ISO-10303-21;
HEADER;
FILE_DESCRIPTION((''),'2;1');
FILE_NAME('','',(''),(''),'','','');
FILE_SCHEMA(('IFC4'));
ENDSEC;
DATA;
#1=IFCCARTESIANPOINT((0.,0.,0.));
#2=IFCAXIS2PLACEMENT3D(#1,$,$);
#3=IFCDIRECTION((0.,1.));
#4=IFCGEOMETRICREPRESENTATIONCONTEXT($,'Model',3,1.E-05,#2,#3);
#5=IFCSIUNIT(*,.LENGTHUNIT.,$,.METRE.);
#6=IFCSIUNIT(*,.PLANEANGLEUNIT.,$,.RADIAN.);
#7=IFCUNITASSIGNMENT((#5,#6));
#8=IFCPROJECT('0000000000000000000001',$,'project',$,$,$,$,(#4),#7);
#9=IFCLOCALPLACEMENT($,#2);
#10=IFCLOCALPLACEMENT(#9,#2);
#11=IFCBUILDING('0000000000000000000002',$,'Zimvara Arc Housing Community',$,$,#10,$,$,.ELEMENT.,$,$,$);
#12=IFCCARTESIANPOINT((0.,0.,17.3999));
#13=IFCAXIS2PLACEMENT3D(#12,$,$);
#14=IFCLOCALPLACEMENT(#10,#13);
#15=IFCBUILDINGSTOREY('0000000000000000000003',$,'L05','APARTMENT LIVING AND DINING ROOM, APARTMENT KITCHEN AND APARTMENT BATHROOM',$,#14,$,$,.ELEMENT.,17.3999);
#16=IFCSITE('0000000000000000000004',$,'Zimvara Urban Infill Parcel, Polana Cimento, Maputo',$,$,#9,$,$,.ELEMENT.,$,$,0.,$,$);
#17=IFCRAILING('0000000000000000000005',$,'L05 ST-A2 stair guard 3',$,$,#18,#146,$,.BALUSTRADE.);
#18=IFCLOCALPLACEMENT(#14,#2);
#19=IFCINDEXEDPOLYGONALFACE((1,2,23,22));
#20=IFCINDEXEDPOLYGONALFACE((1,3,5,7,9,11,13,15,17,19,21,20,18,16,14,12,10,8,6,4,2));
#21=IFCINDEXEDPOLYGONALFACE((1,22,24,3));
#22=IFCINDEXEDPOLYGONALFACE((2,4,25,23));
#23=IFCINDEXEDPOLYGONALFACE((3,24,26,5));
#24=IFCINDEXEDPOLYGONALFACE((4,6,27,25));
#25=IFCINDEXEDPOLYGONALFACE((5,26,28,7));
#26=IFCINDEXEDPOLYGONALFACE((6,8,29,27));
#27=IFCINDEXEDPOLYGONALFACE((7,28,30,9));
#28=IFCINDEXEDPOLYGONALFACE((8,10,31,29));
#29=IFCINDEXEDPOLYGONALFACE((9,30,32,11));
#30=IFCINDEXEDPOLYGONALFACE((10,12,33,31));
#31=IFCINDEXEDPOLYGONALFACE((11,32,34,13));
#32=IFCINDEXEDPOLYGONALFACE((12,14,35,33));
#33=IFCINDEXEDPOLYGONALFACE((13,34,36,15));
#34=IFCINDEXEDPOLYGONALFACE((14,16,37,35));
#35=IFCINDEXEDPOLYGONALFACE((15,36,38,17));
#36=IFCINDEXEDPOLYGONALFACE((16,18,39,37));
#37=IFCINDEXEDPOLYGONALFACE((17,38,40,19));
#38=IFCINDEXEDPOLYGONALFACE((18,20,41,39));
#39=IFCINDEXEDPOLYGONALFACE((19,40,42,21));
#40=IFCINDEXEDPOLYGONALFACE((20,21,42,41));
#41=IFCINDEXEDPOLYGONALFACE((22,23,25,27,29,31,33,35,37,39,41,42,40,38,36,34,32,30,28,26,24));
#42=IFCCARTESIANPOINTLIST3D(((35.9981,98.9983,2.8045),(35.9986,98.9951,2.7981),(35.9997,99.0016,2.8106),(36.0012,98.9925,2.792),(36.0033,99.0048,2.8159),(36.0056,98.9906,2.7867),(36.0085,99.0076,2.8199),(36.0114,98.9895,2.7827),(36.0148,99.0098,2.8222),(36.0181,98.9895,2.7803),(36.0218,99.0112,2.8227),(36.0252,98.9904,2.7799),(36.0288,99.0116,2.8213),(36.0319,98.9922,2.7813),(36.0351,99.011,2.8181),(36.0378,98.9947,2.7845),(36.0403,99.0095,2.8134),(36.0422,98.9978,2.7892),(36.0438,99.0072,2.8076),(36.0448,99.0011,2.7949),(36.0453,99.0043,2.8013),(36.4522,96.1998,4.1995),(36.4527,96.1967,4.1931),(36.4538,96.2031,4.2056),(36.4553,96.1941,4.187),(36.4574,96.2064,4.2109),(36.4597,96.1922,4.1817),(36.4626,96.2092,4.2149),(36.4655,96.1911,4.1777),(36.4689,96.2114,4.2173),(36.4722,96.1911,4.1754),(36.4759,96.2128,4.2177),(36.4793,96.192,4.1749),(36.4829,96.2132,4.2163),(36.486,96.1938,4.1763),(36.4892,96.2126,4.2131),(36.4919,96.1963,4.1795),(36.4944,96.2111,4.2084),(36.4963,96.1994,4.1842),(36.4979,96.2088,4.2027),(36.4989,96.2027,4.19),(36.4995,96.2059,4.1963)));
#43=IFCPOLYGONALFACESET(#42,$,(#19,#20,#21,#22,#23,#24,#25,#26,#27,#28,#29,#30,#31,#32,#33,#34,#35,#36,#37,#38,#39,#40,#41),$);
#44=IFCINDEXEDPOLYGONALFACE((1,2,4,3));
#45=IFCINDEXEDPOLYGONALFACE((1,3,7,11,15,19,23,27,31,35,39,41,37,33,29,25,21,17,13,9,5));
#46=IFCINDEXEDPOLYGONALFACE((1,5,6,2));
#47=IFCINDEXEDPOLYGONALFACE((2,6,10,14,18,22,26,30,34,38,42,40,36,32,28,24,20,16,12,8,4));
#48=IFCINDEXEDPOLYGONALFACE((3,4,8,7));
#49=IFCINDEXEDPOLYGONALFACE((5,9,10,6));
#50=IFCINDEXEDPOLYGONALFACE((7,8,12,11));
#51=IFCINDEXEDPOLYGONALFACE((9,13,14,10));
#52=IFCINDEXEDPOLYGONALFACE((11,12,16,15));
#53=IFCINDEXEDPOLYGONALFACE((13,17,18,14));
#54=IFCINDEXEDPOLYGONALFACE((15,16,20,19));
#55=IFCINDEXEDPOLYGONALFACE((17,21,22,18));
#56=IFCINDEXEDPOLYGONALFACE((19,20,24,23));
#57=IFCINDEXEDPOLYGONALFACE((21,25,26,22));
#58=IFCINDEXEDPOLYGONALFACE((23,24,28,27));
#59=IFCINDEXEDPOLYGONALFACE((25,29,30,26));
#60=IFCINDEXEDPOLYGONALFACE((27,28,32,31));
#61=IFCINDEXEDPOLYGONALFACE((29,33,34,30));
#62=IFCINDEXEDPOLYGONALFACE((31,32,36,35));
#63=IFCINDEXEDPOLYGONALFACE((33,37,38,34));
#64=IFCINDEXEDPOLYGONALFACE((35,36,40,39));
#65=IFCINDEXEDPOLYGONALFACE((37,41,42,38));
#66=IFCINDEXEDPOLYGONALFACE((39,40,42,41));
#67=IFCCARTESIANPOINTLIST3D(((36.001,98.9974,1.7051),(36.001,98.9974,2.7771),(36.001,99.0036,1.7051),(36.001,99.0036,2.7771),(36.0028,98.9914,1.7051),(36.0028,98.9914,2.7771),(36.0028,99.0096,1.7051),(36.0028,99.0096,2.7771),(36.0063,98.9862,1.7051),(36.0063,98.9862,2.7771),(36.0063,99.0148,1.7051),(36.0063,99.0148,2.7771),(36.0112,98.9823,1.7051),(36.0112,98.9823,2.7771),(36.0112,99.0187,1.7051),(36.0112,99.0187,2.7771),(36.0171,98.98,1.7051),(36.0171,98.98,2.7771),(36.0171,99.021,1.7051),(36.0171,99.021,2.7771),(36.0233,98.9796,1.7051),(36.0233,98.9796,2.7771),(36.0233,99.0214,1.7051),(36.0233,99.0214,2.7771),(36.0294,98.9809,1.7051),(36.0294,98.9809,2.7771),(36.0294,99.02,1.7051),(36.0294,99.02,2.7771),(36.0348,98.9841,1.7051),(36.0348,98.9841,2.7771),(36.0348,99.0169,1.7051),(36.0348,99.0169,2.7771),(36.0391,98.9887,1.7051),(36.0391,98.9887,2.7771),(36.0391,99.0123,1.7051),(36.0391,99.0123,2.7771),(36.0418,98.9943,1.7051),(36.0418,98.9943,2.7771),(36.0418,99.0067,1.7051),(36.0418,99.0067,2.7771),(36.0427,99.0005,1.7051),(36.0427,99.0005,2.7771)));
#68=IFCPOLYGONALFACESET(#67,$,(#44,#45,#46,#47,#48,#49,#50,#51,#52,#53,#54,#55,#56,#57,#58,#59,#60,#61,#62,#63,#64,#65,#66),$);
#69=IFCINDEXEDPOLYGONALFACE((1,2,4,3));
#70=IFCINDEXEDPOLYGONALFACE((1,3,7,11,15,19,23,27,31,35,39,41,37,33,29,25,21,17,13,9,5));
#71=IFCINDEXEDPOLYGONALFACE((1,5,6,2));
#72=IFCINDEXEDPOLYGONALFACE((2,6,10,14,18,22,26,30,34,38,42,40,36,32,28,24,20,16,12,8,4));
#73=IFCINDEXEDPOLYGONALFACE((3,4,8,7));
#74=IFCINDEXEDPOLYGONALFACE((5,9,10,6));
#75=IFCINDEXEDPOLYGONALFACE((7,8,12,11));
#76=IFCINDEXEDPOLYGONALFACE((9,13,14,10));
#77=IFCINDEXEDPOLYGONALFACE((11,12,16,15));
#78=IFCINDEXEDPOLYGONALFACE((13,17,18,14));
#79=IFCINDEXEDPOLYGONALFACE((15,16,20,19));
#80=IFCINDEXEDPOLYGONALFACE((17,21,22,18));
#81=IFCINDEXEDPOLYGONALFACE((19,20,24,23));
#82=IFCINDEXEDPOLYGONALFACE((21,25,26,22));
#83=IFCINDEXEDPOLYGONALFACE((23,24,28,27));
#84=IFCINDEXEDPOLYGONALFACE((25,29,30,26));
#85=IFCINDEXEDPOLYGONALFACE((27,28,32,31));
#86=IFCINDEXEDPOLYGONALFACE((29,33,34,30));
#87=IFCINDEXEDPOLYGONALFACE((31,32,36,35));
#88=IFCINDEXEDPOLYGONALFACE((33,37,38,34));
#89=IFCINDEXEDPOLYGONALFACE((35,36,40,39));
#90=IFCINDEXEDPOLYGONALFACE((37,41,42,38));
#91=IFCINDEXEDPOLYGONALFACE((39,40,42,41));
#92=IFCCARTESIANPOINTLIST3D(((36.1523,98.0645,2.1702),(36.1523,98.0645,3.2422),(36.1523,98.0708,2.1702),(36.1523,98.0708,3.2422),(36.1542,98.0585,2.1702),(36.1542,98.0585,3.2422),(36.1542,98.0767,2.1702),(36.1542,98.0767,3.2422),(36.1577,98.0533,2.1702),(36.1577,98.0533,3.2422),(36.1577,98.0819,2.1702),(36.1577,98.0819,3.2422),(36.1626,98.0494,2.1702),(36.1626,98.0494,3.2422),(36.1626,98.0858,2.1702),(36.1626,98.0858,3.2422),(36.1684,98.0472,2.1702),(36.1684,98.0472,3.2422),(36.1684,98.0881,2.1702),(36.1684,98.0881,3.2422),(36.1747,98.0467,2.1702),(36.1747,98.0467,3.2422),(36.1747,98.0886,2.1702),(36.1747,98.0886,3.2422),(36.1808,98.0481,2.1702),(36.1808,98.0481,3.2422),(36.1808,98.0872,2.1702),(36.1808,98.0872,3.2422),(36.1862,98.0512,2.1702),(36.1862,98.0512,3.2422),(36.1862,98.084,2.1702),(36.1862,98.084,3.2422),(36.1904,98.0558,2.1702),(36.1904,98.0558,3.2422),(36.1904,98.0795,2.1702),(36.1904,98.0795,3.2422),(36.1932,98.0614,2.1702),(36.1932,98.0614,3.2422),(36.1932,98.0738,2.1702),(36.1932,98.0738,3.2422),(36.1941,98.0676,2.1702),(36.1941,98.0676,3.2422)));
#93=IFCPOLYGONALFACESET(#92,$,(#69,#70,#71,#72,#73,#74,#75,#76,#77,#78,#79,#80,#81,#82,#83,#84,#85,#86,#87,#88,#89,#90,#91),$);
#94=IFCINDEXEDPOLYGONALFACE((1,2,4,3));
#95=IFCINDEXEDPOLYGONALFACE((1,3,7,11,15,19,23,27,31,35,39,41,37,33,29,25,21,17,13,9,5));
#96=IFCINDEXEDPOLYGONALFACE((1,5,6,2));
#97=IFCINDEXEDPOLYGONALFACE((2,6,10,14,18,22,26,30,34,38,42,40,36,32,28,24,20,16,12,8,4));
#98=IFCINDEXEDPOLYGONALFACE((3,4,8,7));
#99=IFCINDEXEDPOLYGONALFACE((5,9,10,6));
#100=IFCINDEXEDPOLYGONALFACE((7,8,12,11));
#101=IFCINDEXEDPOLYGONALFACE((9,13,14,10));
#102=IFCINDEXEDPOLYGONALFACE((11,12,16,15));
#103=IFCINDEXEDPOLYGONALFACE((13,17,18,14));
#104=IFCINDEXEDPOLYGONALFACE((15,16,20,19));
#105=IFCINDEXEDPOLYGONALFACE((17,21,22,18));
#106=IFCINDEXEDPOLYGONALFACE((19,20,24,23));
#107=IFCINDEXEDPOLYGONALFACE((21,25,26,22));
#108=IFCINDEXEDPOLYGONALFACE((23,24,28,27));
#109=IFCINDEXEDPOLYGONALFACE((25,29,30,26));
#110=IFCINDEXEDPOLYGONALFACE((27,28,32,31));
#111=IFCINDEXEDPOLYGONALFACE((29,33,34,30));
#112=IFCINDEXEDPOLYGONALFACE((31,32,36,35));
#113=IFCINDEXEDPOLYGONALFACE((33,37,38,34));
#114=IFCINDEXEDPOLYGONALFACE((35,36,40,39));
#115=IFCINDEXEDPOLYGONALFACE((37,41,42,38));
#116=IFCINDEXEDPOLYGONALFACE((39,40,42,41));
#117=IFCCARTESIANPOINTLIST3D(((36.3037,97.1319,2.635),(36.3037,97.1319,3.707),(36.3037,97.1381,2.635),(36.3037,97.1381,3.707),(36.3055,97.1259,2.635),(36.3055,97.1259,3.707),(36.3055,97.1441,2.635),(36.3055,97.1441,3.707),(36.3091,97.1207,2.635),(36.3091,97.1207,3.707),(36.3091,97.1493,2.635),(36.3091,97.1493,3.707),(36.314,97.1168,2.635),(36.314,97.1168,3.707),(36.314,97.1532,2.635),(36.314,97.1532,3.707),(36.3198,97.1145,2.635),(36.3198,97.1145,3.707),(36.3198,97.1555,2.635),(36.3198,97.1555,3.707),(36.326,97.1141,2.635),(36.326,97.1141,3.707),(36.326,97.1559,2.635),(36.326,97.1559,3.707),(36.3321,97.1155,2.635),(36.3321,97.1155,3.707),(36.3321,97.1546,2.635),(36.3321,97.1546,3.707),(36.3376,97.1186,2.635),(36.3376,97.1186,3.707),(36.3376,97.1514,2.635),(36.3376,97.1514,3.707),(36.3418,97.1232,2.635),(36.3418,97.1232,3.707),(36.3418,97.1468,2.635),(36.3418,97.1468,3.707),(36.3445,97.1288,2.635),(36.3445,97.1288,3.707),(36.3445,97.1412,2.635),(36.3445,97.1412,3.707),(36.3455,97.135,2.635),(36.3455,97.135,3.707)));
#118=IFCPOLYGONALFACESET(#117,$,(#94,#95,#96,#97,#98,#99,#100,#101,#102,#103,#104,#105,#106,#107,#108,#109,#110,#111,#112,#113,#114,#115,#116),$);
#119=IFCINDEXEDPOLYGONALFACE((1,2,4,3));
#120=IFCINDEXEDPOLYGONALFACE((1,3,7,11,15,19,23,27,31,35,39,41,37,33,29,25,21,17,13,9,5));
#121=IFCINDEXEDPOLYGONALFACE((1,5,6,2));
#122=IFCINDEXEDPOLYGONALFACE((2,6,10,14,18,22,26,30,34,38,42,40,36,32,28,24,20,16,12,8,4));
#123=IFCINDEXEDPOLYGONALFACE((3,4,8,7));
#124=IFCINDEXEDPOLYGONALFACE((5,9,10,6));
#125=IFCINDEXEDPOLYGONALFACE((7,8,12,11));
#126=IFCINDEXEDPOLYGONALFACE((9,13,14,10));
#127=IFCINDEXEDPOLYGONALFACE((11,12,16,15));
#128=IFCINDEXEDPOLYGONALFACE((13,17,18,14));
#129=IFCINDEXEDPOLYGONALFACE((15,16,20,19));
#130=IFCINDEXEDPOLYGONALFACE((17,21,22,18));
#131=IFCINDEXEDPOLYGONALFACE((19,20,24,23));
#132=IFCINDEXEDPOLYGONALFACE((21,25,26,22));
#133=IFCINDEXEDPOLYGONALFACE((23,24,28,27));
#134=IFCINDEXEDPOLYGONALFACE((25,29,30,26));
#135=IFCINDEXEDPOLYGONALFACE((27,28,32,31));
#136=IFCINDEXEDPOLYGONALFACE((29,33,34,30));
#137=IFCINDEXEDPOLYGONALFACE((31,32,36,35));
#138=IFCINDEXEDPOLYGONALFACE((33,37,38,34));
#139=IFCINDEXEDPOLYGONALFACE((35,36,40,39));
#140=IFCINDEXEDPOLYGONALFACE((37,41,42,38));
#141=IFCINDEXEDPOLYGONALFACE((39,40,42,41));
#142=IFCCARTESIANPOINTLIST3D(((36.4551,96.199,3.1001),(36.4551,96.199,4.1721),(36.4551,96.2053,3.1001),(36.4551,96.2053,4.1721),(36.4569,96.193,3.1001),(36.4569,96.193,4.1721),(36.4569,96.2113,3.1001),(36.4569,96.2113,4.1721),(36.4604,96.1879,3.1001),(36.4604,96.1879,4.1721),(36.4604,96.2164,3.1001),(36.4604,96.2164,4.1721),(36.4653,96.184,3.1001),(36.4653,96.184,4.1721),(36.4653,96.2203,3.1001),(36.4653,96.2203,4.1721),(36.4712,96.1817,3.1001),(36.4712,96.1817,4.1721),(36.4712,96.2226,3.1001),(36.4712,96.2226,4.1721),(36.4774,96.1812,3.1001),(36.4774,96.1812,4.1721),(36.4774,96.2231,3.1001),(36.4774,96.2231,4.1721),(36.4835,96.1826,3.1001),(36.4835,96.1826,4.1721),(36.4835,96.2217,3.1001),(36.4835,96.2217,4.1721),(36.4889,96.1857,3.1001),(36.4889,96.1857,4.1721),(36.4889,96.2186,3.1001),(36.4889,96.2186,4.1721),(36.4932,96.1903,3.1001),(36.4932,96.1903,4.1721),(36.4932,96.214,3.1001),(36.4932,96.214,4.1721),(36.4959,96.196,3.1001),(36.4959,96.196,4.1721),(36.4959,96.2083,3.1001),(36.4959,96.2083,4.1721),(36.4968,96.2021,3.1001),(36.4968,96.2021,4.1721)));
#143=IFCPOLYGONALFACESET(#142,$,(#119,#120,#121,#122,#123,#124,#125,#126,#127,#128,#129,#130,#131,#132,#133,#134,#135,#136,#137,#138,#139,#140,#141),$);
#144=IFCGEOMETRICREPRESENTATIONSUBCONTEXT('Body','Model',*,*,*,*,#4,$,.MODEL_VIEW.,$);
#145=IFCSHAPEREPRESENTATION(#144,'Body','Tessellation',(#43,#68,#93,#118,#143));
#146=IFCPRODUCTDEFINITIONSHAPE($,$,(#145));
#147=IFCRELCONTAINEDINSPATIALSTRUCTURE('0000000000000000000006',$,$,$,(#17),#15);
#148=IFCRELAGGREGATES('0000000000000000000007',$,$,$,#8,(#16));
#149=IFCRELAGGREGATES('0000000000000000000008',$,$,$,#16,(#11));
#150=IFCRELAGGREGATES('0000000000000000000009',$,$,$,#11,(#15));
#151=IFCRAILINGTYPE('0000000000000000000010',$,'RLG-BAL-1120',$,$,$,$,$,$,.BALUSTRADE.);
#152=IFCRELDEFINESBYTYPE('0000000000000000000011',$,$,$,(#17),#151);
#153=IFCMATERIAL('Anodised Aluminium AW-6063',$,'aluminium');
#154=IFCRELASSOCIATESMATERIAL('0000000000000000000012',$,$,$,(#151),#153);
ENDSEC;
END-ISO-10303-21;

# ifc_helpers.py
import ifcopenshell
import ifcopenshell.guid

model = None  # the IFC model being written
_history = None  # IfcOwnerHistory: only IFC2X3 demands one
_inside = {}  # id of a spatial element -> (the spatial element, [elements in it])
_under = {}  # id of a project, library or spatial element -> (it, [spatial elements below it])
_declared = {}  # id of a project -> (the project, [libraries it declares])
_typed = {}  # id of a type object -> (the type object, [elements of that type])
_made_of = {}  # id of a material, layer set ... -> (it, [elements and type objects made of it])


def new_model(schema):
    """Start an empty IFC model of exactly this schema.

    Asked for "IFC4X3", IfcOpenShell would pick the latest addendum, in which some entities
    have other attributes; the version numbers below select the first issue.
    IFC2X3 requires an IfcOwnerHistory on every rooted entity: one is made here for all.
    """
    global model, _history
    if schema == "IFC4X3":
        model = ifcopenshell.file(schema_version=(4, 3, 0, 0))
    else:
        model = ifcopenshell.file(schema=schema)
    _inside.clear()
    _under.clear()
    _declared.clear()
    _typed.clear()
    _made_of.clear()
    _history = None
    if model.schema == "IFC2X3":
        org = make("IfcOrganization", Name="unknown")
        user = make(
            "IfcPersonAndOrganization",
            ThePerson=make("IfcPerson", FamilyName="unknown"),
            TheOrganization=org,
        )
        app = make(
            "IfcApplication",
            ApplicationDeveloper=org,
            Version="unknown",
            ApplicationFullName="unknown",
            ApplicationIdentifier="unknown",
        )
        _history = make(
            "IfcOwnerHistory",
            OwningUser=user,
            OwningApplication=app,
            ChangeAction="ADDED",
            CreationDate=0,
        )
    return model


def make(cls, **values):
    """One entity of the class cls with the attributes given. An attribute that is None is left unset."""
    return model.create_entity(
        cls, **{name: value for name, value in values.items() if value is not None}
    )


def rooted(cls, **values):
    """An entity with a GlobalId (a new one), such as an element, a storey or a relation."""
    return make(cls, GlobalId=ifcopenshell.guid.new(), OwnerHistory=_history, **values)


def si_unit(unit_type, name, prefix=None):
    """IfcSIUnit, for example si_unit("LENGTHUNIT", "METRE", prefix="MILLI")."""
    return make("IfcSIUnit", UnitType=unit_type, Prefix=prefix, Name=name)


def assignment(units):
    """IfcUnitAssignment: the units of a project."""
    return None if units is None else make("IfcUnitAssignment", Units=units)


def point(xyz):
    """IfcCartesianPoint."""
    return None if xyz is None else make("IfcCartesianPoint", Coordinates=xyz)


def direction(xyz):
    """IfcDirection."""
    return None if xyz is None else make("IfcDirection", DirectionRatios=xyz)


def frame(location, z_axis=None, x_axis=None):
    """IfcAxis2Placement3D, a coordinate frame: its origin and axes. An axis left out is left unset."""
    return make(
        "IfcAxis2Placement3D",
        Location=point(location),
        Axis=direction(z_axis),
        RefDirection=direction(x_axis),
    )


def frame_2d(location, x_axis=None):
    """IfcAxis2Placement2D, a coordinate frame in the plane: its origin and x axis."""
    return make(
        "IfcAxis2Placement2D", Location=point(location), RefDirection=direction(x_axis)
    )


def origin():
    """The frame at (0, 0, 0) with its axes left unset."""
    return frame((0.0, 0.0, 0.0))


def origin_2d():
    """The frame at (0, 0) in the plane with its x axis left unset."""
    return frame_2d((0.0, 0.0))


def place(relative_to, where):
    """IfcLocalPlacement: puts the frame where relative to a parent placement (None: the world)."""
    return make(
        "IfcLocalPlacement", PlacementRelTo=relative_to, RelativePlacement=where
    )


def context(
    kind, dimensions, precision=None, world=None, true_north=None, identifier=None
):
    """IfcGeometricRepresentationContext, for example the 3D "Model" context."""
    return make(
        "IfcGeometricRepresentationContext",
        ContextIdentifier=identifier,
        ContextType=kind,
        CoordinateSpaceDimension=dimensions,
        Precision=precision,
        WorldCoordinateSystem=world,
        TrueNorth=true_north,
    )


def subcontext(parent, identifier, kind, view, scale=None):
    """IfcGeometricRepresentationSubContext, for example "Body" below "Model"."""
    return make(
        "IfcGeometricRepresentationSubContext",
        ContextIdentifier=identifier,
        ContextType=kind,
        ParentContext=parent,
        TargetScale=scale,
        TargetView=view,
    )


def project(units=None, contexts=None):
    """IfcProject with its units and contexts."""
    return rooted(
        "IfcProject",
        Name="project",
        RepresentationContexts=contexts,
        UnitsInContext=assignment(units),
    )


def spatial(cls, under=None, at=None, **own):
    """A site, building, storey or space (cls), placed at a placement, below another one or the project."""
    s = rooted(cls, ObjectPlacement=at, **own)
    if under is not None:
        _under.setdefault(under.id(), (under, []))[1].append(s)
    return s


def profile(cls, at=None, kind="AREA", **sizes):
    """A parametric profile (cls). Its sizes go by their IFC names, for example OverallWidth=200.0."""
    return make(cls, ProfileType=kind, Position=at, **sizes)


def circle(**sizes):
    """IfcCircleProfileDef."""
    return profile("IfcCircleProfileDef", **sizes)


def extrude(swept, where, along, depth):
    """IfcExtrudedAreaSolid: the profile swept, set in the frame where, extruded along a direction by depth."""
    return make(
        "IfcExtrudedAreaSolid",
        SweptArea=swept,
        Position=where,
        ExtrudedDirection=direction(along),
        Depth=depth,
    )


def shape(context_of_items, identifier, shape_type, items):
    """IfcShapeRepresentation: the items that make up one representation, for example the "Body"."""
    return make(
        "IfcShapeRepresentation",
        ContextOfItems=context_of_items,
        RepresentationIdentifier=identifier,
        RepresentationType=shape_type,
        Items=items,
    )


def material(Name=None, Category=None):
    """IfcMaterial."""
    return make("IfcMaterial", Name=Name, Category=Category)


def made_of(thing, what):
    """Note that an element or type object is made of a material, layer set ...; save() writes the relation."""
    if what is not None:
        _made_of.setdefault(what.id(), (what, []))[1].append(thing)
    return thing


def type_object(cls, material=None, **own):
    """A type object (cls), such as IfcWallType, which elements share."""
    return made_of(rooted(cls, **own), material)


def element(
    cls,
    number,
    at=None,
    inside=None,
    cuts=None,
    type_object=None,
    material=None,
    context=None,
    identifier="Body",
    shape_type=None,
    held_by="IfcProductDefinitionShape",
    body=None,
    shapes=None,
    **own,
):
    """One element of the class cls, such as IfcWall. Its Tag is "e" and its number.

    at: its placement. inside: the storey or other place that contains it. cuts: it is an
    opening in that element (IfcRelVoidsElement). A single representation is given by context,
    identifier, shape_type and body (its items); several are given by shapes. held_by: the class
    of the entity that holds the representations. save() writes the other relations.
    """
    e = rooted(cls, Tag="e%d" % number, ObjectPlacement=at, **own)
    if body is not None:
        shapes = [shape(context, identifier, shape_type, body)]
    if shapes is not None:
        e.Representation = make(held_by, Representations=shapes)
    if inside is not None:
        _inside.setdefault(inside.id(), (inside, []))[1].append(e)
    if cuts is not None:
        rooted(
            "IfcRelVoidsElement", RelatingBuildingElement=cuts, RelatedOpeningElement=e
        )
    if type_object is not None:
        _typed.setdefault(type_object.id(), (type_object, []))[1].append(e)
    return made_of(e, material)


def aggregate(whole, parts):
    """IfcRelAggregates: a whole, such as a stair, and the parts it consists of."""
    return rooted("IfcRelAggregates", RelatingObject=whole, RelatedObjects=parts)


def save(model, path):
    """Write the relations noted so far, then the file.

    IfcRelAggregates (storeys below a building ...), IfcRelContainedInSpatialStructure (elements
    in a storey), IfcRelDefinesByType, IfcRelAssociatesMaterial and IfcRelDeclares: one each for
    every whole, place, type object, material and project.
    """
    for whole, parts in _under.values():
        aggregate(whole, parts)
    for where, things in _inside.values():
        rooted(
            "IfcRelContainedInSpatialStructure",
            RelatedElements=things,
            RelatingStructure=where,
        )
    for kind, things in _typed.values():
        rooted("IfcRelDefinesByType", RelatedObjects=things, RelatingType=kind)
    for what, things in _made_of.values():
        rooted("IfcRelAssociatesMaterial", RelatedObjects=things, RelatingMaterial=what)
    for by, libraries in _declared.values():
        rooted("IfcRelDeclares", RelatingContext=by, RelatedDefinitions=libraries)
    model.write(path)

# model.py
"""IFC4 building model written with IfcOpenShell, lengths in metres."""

from ifc_helpers import new_model, si_unit, direction, frame, origin, origin_2d, place, context, subcontext, project, spatial, circle, extrude, material, type_object, element, save


model = new_model("IFC4")

# Units and contexts
model_context = context("Model", 3, precision=1e-05, world=origin(), true_north=direction((0.0, 1.0)))
body_context = subcontext(model_context, "Body", "Model", "MODEL_VIEW")
ifc_project = project(units=[si_unit("LENGTHUNIT", "METRE"), si_unit("PLANEANGLEUNIT", "RADIAN")], contexts=[model_context])

# Site, building, storey
site_placement = place(None, origin())
site = spatial("IfcSite", under=ifc_project, at=site_placement, Name="Zimvara Urban Infill Parcel, Polana Cimento, Maputo", CompositionType="ELEMENT", RefElevation=0.0)
building_placement = place(site_placement, origin())
building = spatial("IfcBuilding", under=site, at=building_placement, Name="Zimvara Arc Housing Community", CompositionType="ELEMENT")
storey_placement = place(building_placement, frame((0.0, 0.0, 17.3999)))
storey = spatial("IfcBuildingStorey", under=building, at=storey_placement, Name="L05", Description="APARTMENT LIVING AND DINING ROOM, APARTMENT KITCHEN AND APARTMENT BATHROOM", CompositionType="ELEMENT", Elevation=17.3999)

# Railing
ifc_material_1 = material(Name="Anodised Aluminium AW-6063", Category="aluminium")
railing_type = type_object("IfcRailingType", Name="RLG-BAL-1120", PredefinedType="BALUSTRADE", material=ifc_material_1)
railing_1_placement = place(storey_placement, frame((36.0217, 99.0005, 1.7051)))
element("IfcRailing", 1, at=railing_1_placement, inside=storey, type_object=railing_type, Name="L05 ST-A2 stair guard 3", PredefinedType="BALUSTRADE", context=body_context, shape_type="SweptSolid", body=[
    extrude(circle(Radius=0.0239, at=origin_2d()), frame((0.0, 0.0, 1.0962), z_axis=(0.143722, -0.885666, 0.44152), x_axis=(0.987088, 0.16018, 0.0)), (0.0, 0.0, 1.0), 3.1597),
    extrude(circle(Radius=0.021, at=origin_2d()), origin(), (0.0, 0.0, 1.0), 1.072),
    extrude(circle(Radius=0.021, at=origin_2d()), frame((0.1514, -0.9329, 0.4651)), (0.0, 0.0, 1.0), 1.072),
    extrude(circle(Radius=0.021, at=origin_2d()), frame((0.3027, -1.8655, 0.9299)), (0.0, 0.0, 1.0), 1.072),
    extrude(circle(Radius=0.021, at=origin_2d()), frame((0.4541, -2.7983, 1.395)), (0.0, 0.0, 1.0), 1.072),
])

save(model, "model.ifc")
